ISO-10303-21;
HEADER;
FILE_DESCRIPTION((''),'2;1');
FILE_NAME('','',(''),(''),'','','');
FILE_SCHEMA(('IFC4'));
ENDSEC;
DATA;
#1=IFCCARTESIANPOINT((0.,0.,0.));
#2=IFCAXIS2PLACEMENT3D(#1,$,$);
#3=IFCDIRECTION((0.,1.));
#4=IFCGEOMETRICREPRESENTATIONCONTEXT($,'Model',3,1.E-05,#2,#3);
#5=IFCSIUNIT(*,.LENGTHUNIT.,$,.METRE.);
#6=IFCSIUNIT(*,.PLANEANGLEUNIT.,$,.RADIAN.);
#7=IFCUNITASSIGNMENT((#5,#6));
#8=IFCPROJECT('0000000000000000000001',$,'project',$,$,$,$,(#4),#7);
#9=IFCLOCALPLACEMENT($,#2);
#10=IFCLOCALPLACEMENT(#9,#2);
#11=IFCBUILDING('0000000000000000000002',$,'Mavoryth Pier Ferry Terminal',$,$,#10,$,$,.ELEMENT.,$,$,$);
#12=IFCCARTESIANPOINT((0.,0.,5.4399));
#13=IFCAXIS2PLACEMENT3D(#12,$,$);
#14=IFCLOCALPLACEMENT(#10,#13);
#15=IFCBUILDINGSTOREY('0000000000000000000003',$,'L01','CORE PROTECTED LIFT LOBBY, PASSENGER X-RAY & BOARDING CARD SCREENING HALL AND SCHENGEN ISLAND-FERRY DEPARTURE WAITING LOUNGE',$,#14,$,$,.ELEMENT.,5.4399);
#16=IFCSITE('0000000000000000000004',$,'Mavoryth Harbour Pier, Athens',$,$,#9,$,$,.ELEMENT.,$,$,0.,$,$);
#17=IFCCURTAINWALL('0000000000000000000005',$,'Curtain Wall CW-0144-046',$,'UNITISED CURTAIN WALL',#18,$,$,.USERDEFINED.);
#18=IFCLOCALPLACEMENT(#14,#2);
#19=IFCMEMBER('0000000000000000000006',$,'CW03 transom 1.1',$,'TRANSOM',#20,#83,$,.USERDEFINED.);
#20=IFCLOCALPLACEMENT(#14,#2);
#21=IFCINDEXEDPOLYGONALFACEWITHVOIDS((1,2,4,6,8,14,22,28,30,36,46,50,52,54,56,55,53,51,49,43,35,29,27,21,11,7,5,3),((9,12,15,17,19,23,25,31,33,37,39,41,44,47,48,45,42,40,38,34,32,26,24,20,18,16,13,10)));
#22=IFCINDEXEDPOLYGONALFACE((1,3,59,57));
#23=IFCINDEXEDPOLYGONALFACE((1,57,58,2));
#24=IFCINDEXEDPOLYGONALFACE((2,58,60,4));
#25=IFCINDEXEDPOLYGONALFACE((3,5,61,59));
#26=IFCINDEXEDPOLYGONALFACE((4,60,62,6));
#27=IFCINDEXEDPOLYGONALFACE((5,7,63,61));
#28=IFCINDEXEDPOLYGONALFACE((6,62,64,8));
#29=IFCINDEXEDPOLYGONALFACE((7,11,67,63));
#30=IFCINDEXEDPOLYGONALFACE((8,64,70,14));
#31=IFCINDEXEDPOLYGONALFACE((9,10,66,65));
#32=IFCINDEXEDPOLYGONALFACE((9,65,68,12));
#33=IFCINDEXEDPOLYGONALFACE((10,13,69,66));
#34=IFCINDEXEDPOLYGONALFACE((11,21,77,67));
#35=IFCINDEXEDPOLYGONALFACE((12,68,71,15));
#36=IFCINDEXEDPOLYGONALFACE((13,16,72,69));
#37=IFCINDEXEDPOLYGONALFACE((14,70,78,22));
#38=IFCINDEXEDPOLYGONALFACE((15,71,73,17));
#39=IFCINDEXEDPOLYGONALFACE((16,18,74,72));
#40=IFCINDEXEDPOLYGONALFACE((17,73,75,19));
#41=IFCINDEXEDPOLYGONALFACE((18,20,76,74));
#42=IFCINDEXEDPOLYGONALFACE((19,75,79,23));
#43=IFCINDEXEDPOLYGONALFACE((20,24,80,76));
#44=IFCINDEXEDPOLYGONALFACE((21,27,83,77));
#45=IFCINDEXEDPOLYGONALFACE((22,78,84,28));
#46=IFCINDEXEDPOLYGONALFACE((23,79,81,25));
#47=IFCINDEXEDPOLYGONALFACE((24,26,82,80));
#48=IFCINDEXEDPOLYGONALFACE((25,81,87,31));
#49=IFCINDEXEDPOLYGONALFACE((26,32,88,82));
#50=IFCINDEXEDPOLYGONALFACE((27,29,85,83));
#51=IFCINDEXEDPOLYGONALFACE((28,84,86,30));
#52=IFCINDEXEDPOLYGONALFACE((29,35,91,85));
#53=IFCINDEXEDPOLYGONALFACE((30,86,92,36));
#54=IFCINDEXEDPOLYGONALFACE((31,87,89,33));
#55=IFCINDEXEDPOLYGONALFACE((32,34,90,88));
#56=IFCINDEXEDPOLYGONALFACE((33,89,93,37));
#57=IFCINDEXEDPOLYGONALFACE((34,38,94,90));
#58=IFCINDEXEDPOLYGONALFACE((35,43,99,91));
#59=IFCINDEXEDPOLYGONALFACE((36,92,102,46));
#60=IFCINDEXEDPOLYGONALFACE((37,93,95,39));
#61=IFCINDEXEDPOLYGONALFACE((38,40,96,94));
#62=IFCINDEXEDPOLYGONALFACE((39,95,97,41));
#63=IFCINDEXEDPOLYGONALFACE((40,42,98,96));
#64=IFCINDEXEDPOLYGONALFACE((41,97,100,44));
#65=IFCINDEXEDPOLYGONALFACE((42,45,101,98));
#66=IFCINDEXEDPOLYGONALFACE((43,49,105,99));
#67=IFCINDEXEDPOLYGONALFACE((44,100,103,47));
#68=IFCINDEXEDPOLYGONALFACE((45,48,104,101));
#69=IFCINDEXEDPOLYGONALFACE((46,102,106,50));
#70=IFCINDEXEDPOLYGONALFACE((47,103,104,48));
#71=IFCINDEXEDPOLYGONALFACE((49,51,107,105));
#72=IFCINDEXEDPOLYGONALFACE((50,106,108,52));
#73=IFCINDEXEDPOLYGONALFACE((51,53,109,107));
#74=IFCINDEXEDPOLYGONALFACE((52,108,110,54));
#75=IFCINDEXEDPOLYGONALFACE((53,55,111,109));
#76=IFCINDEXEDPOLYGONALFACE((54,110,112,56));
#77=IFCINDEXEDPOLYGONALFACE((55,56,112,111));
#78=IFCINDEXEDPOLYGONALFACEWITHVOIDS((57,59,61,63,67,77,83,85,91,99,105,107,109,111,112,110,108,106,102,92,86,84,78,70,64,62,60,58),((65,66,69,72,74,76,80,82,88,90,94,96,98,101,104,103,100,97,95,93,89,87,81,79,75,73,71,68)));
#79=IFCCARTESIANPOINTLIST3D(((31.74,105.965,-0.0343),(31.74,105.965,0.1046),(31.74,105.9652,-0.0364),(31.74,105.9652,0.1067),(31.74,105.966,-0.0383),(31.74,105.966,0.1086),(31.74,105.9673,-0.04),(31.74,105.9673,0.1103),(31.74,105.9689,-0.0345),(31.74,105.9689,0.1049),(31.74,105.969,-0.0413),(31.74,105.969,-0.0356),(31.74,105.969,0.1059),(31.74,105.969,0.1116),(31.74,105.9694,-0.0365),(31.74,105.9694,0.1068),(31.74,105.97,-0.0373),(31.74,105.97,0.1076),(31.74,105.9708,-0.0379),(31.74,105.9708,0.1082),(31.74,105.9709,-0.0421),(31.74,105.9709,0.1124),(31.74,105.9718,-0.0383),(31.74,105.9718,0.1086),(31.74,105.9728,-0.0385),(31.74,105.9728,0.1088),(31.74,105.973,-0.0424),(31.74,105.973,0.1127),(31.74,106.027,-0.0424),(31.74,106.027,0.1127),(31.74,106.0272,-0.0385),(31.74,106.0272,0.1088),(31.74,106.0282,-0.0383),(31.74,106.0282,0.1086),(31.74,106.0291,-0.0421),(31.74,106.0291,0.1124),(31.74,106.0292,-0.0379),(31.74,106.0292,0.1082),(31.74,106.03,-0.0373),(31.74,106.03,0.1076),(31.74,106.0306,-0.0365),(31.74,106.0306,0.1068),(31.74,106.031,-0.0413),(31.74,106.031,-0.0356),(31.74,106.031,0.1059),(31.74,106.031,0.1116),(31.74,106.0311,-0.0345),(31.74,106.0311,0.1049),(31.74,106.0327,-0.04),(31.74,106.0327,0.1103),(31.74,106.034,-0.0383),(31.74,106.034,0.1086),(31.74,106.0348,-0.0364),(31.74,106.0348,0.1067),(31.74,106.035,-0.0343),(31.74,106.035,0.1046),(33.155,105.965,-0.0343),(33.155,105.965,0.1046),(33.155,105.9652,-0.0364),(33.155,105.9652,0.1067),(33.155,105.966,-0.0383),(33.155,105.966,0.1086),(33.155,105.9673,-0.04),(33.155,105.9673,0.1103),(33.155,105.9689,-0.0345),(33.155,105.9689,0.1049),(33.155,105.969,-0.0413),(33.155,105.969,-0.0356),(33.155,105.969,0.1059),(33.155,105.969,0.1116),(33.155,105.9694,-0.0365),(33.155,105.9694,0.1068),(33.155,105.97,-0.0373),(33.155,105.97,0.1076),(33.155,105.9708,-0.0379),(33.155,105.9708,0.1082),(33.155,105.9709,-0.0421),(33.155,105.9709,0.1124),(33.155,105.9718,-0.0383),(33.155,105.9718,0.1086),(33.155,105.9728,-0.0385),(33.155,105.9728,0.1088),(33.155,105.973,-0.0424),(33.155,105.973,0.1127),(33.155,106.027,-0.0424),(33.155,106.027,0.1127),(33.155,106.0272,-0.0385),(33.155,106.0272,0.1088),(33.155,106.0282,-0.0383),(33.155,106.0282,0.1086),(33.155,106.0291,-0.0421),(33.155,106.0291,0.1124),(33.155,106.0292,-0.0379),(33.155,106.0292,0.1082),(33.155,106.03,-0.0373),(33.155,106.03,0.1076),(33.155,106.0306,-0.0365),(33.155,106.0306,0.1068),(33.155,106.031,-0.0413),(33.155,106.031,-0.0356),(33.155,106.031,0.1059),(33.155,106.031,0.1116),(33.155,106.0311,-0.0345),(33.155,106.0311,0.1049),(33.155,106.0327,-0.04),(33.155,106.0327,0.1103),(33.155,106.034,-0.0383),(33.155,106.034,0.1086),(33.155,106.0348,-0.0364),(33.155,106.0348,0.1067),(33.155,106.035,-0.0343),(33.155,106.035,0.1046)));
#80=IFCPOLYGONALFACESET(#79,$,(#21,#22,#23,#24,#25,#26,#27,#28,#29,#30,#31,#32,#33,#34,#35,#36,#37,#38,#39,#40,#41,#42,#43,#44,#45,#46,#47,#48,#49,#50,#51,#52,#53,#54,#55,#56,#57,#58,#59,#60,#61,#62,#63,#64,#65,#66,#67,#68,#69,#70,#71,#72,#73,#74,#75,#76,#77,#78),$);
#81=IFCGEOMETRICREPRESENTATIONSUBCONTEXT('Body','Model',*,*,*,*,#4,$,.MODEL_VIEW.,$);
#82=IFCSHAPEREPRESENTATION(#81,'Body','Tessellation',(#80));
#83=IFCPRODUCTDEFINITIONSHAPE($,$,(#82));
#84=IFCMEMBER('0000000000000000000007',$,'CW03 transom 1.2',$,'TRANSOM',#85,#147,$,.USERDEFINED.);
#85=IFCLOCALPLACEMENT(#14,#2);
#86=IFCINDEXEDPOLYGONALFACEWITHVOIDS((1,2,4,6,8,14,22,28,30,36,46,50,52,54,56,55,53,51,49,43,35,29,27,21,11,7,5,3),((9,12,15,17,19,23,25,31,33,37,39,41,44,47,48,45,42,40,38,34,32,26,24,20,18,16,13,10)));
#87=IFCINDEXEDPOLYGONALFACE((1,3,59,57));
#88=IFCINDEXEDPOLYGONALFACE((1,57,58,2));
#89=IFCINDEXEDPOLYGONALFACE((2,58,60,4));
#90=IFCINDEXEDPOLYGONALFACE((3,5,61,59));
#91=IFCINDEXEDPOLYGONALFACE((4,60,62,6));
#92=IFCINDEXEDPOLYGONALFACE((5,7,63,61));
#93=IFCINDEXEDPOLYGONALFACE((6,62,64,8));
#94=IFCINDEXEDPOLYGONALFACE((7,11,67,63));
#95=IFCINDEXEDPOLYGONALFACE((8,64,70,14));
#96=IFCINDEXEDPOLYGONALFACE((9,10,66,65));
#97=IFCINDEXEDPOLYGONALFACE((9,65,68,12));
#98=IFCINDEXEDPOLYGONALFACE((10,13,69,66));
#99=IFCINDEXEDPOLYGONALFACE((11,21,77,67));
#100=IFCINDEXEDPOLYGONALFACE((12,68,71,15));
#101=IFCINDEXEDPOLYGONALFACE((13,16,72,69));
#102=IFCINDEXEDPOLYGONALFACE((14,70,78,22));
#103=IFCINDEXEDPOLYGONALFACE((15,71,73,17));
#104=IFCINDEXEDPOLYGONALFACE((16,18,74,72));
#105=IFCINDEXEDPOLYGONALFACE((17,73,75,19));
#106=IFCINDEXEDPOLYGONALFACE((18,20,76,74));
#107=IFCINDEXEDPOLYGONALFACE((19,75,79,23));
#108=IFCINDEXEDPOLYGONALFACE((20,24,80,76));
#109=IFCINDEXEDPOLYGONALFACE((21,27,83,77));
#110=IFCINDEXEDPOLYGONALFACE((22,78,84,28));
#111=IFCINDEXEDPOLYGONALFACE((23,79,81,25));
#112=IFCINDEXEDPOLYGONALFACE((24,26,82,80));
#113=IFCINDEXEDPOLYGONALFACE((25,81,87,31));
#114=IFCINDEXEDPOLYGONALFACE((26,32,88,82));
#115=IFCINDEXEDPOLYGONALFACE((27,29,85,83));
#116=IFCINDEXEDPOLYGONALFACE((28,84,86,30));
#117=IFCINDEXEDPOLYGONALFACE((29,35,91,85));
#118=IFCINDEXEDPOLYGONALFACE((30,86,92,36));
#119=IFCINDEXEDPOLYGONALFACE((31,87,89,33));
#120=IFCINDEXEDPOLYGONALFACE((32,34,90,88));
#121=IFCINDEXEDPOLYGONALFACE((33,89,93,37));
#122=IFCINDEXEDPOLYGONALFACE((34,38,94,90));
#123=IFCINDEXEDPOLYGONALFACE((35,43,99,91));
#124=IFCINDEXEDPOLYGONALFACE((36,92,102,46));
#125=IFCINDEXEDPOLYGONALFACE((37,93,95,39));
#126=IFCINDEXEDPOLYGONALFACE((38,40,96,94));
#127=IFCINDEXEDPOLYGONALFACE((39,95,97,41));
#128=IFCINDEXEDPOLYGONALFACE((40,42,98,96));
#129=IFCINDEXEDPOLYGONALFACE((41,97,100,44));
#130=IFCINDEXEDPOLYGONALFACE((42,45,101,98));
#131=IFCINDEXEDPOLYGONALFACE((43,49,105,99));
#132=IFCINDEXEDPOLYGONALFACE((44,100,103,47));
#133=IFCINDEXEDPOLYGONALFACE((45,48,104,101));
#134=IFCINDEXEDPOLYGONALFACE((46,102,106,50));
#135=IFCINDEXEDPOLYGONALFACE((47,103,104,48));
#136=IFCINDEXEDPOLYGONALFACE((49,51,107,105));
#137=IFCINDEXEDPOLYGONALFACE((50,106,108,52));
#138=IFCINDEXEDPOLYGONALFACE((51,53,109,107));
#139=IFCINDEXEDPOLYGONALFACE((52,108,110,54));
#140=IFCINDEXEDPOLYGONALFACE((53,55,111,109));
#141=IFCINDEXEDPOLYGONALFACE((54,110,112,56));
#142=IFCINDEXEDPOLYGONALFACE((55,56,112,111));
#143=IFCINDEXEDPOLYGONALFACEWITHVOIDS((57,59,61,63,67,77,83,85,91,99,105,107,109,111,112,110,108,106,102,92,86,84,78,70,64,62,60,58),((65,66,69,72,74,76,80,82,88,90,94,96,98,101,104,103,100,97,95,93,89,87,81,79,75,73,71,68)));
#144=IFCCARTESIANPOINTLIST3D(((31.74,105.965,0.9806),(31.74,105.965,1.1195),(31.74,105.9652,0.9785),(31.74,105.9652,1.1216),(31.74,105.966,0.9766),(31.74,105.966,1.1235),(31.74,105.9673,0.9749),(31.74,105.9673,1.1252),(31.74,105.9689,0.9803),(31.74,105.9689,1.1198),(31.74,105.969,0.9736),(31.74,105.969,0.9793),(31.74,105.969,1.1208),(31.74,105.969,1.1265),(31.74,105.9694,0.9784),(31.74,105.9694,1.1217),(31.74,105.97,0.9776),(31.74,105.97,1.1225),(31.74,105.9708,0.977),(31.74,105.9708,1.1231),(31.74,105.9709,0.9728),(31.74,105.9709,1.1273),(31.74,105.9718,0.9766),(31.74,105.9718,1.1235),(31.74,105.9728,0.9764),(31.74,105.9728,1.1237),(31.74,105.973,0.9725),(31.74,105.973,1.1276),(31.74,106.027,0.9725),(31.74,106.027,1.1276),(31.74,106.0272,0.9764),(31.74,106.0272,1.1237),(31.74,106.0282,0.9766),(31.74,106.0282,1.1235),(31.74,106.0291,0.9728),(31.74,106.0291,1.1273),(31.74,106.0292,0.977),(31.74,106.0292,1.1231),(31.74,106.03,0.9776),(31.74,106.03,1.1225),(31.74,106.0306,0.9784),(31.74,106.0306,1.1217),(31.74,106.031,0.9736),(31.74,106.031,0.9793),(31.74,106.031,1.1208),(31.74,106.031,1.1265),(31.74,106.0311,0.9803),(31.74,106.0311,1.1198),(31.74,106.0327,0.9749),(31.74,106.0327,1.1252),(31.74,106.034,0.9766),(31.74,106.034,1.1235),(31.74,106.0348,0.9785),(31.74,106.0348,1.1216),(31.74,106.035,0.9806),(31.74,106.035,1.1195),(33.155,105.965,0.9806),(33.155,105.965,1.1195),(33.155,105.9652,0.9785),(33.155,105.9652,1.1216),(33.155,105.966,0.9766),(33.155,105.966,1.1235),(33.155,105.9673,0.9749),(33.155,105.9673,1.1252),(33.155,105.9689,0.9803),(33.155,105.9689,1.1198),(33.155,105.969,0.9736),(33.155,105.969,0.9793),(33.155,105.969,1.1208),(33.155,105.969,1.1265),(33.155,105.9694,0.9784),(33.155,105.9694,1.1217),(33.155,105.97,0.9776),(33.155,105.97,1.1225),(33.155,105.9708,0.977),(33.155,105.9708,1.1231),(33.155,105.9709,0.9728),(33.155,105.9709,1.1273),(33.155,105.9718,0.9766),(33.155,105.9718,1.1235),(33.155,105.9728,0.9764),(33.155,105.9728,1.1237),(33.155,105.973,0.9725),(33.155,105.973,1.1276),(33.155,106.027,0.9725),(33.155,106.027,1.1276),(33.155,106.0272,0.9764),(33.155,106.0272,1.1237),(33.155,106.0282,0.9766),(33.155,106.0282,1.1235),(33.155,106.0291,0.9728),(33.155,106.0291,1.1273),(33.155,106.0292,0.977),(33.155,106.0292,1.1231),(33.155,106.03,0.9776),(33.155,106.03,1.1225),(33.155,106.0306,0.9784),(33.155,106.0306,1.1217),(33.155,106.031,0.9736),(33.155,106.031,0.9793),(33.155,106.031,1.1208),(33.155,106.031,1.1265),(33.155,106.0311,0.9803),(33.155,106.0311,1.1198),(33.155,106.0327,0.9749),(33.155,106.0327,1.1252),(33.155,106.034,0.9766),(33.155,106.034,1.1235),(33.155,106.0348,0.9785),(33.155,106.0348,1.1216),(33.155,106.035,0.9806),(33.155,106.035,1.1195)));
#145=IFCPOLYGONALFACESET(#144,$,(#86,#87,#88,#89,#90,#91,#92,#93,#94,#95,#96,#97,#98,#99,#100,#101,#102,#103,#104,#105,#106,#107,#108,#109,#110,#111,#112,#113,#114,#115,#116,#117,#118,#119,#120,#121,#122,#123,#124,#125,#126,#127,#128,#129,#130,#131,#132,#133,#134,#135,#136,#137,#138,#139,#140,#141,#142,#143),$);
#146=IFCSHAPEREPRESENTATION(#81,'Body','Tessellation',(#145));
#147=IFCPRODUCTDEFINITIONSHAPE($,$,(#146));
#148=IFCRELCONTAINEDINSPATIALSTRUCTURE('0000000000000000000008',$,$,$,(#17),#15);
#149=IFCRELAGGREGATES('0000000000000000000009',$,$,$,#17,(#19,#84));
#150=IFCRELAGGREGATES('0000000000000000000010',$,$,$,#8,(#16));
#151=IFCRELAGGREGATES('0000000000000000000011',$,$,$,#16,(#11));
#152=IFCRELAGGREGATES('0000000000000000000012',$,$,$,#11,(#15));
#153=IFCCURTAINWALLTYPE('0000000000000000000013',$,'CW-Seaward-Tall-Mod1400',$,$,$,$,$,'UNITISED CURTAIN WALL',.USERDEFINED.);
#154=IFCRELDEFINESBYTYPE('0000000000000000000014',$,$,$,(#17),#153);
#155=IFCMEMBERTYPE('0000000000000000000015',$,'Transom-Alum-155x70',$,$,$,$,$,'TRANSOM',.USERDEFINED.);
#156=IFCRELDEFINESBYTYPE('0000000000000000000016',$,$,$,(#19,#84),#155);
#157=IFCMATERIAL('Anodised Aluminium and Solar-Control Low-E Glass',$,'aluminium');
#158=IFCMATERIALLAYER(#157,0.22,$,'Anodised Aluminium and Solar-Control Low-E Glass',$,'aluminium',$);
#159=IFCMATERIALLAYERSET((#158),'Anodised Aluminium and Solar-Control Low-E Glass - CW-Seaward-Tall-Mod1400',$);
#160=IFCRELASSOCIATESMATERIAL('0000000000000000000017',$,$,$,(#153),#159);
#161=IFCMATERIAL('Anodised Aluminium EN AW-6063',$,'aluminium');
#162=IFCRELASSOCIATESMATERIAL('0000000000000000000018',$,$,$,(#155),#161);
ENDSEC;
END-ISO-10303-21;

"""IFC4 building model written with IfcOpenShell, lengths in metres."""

from ifc_helpers import new_model, si_unit, direction, frame, origin, origin_2d, place, context, subcontext, project, spatial, hollow_rectangle, extrude, material, layer, layer_set, material_profile, profile_set, type_object, element, aggregate, save


model = new_model("IFC4")

# Units and contexts
model_context = context("Model", 3, precision=1e-05, world=origin(), true_north=direction((0.0, 1.0)))
body_context = subcontext(model_context, "Body", "Model", "MODEL_VIEW")
ifc_project = project(units=[si_unit("LENGTHUNIT", "METRE"), si_unit("PLANEANGLEUNIT", "RADIAN")], contexts=[model_context])

# Site, building, storey
site_placement = place(None, origin())
site = spatial("IfcSite", under=ifc_project, at=site_placement, Name="Mavoryth Harbour Pier, Athens", CompositionType="ELEMENT", RefElevation=0.0)
building_placement = place(site_placement, origin())
building = spatial("IfcBuilding", under=site, at=building_placement, Name="Mavoryth Pier Ferry Terminal", CompositionType="ELEMENT")
storey_placement = place(building_placement, frame((0.0, 0.0, 5.4399)))
storey = spatial("IfcBuildingStorey", under=building, at=storey_placement, Name="L01", Description="CORE PROTECTED LIFT LOBBY, PASSENGER X-RAY & BOARDING CARD SCREENING HALL AND SCHENGEN ISLAND-FERRY DEPARTURE WAITING LOUNGE", CompositionType="ELEMENT", Elevation=5.4399)

# Curtain wall
ifc_material_1 = material(Name="Anodised Aluminium and Solar-Control Low-E Glass", Category="aluminium")
ifc_material_2 = material(Name="Anodised Aluminium EN AW-6063", Category="aluminium")
ifc_layer_1 = layer(ifc_material_1, 0.22, Name="Anodised Aluminium and Solar-Control Low-E Glass", Category="aluminium")
ifc_layer_set_1 = layer_set([ifc_layer_1], Name="Anodised Aluminium and Solar-Control Low-E Glass - CW-Seaward-Tall-Mod1400")
curtain_wall_type_1 = type_object("IfcCurtainWallType", Name="CW-Seaward-Tall-Mod1400", ElementType="UNITISED CURTAIN WALL", PredefinedType="USERDEFINED", material=ifc_layer_set_1)
curtain_wall_1_placement = place(storey_placement, origin())
curtain_wall_1 = element("IfcCurtainWall", 1, at=curtain_wall_1_placement, inside=storey, type_object=curtain_wall_type_1, Name="Curtain Wall CW-0144-046", ObjectType="UNITISED CURTAIN WALL", PredefinedType="USERDEFINED")

# Members
ifc_material_profile_1 = material_profile(ifc_material_2, hollow_rectangle(XDim=0.0701, YDim=0.155, WallThickness=0.0039, InnerFilletRadius=0.0039, OuterFilletRadius=0.0081, at=origin_2d()), Name="AL-TRAN 155x70x4", Category="aluminium")
ifc_profile_set_1 = profile_set([ifc_material_profile_1], Name="Anodised Aluminium EN AW-6063 - AL-TRAN 155x70x4")
member_type_1 = type_object("IfcMemberType", Name="Transom-Alum-155x70", ElementType="TRANSOM", PredefinedType="USERDEFINED", material=ifc_profile_set_1)
member_1_placement = place(storey_placement, frame((33.155, 106.0, 0.0352), z_axis=(-1.0, 0.0, 0.0), x_axis=(0.0, -1.0, 0.0)))
member_1 = element("IfcMember", 2, at=member_1_placement, type_object=member_type_1, Name="CW03 transom 1.1", ObjectType="TRANSOM", PredefinedType="USERDEFINED", context=body_context, shape_type="SweptSolid", body=[
    extrude(hollow_rectangle(XDim=0.0701, YDim=0.155, WallThickness=0.0039, InnerFilletRadius=0.0039, OuterFilletRadius=0.0081, at=origin_2d()), origin(), (0.0, 0.0, 1.0), 1.415),
])
member_2_placement = place(storey_placement, frame((33.155, 106.0, 1.05), z_axis=(-1.0, 0.0, 0.0), x_axis=(0.0, -1.0, 0.0)))
member_2 = element("IfcMember", 3, at=member_2_placement, type_object=member_type_1, Name="CW03 transom 1.2", ObjectType="TRANSOM", PredefinedType="USERDEFINED", context=body_context, shape_type="SweptSolid", body=[
    extrude(hollow_rectangle(XDim=0.0701, YDim=0.155, WallThickness=0.0039, InnerFilletRadius=0.0039, OuterFilletRadius=0.0081, at=origin_2d()), origin(), (0.0, 0.0, 1.0), 1.415),
])

aggregate(curtain_wall_1, [member_1, member_2])

save(model, "model.ifc")
